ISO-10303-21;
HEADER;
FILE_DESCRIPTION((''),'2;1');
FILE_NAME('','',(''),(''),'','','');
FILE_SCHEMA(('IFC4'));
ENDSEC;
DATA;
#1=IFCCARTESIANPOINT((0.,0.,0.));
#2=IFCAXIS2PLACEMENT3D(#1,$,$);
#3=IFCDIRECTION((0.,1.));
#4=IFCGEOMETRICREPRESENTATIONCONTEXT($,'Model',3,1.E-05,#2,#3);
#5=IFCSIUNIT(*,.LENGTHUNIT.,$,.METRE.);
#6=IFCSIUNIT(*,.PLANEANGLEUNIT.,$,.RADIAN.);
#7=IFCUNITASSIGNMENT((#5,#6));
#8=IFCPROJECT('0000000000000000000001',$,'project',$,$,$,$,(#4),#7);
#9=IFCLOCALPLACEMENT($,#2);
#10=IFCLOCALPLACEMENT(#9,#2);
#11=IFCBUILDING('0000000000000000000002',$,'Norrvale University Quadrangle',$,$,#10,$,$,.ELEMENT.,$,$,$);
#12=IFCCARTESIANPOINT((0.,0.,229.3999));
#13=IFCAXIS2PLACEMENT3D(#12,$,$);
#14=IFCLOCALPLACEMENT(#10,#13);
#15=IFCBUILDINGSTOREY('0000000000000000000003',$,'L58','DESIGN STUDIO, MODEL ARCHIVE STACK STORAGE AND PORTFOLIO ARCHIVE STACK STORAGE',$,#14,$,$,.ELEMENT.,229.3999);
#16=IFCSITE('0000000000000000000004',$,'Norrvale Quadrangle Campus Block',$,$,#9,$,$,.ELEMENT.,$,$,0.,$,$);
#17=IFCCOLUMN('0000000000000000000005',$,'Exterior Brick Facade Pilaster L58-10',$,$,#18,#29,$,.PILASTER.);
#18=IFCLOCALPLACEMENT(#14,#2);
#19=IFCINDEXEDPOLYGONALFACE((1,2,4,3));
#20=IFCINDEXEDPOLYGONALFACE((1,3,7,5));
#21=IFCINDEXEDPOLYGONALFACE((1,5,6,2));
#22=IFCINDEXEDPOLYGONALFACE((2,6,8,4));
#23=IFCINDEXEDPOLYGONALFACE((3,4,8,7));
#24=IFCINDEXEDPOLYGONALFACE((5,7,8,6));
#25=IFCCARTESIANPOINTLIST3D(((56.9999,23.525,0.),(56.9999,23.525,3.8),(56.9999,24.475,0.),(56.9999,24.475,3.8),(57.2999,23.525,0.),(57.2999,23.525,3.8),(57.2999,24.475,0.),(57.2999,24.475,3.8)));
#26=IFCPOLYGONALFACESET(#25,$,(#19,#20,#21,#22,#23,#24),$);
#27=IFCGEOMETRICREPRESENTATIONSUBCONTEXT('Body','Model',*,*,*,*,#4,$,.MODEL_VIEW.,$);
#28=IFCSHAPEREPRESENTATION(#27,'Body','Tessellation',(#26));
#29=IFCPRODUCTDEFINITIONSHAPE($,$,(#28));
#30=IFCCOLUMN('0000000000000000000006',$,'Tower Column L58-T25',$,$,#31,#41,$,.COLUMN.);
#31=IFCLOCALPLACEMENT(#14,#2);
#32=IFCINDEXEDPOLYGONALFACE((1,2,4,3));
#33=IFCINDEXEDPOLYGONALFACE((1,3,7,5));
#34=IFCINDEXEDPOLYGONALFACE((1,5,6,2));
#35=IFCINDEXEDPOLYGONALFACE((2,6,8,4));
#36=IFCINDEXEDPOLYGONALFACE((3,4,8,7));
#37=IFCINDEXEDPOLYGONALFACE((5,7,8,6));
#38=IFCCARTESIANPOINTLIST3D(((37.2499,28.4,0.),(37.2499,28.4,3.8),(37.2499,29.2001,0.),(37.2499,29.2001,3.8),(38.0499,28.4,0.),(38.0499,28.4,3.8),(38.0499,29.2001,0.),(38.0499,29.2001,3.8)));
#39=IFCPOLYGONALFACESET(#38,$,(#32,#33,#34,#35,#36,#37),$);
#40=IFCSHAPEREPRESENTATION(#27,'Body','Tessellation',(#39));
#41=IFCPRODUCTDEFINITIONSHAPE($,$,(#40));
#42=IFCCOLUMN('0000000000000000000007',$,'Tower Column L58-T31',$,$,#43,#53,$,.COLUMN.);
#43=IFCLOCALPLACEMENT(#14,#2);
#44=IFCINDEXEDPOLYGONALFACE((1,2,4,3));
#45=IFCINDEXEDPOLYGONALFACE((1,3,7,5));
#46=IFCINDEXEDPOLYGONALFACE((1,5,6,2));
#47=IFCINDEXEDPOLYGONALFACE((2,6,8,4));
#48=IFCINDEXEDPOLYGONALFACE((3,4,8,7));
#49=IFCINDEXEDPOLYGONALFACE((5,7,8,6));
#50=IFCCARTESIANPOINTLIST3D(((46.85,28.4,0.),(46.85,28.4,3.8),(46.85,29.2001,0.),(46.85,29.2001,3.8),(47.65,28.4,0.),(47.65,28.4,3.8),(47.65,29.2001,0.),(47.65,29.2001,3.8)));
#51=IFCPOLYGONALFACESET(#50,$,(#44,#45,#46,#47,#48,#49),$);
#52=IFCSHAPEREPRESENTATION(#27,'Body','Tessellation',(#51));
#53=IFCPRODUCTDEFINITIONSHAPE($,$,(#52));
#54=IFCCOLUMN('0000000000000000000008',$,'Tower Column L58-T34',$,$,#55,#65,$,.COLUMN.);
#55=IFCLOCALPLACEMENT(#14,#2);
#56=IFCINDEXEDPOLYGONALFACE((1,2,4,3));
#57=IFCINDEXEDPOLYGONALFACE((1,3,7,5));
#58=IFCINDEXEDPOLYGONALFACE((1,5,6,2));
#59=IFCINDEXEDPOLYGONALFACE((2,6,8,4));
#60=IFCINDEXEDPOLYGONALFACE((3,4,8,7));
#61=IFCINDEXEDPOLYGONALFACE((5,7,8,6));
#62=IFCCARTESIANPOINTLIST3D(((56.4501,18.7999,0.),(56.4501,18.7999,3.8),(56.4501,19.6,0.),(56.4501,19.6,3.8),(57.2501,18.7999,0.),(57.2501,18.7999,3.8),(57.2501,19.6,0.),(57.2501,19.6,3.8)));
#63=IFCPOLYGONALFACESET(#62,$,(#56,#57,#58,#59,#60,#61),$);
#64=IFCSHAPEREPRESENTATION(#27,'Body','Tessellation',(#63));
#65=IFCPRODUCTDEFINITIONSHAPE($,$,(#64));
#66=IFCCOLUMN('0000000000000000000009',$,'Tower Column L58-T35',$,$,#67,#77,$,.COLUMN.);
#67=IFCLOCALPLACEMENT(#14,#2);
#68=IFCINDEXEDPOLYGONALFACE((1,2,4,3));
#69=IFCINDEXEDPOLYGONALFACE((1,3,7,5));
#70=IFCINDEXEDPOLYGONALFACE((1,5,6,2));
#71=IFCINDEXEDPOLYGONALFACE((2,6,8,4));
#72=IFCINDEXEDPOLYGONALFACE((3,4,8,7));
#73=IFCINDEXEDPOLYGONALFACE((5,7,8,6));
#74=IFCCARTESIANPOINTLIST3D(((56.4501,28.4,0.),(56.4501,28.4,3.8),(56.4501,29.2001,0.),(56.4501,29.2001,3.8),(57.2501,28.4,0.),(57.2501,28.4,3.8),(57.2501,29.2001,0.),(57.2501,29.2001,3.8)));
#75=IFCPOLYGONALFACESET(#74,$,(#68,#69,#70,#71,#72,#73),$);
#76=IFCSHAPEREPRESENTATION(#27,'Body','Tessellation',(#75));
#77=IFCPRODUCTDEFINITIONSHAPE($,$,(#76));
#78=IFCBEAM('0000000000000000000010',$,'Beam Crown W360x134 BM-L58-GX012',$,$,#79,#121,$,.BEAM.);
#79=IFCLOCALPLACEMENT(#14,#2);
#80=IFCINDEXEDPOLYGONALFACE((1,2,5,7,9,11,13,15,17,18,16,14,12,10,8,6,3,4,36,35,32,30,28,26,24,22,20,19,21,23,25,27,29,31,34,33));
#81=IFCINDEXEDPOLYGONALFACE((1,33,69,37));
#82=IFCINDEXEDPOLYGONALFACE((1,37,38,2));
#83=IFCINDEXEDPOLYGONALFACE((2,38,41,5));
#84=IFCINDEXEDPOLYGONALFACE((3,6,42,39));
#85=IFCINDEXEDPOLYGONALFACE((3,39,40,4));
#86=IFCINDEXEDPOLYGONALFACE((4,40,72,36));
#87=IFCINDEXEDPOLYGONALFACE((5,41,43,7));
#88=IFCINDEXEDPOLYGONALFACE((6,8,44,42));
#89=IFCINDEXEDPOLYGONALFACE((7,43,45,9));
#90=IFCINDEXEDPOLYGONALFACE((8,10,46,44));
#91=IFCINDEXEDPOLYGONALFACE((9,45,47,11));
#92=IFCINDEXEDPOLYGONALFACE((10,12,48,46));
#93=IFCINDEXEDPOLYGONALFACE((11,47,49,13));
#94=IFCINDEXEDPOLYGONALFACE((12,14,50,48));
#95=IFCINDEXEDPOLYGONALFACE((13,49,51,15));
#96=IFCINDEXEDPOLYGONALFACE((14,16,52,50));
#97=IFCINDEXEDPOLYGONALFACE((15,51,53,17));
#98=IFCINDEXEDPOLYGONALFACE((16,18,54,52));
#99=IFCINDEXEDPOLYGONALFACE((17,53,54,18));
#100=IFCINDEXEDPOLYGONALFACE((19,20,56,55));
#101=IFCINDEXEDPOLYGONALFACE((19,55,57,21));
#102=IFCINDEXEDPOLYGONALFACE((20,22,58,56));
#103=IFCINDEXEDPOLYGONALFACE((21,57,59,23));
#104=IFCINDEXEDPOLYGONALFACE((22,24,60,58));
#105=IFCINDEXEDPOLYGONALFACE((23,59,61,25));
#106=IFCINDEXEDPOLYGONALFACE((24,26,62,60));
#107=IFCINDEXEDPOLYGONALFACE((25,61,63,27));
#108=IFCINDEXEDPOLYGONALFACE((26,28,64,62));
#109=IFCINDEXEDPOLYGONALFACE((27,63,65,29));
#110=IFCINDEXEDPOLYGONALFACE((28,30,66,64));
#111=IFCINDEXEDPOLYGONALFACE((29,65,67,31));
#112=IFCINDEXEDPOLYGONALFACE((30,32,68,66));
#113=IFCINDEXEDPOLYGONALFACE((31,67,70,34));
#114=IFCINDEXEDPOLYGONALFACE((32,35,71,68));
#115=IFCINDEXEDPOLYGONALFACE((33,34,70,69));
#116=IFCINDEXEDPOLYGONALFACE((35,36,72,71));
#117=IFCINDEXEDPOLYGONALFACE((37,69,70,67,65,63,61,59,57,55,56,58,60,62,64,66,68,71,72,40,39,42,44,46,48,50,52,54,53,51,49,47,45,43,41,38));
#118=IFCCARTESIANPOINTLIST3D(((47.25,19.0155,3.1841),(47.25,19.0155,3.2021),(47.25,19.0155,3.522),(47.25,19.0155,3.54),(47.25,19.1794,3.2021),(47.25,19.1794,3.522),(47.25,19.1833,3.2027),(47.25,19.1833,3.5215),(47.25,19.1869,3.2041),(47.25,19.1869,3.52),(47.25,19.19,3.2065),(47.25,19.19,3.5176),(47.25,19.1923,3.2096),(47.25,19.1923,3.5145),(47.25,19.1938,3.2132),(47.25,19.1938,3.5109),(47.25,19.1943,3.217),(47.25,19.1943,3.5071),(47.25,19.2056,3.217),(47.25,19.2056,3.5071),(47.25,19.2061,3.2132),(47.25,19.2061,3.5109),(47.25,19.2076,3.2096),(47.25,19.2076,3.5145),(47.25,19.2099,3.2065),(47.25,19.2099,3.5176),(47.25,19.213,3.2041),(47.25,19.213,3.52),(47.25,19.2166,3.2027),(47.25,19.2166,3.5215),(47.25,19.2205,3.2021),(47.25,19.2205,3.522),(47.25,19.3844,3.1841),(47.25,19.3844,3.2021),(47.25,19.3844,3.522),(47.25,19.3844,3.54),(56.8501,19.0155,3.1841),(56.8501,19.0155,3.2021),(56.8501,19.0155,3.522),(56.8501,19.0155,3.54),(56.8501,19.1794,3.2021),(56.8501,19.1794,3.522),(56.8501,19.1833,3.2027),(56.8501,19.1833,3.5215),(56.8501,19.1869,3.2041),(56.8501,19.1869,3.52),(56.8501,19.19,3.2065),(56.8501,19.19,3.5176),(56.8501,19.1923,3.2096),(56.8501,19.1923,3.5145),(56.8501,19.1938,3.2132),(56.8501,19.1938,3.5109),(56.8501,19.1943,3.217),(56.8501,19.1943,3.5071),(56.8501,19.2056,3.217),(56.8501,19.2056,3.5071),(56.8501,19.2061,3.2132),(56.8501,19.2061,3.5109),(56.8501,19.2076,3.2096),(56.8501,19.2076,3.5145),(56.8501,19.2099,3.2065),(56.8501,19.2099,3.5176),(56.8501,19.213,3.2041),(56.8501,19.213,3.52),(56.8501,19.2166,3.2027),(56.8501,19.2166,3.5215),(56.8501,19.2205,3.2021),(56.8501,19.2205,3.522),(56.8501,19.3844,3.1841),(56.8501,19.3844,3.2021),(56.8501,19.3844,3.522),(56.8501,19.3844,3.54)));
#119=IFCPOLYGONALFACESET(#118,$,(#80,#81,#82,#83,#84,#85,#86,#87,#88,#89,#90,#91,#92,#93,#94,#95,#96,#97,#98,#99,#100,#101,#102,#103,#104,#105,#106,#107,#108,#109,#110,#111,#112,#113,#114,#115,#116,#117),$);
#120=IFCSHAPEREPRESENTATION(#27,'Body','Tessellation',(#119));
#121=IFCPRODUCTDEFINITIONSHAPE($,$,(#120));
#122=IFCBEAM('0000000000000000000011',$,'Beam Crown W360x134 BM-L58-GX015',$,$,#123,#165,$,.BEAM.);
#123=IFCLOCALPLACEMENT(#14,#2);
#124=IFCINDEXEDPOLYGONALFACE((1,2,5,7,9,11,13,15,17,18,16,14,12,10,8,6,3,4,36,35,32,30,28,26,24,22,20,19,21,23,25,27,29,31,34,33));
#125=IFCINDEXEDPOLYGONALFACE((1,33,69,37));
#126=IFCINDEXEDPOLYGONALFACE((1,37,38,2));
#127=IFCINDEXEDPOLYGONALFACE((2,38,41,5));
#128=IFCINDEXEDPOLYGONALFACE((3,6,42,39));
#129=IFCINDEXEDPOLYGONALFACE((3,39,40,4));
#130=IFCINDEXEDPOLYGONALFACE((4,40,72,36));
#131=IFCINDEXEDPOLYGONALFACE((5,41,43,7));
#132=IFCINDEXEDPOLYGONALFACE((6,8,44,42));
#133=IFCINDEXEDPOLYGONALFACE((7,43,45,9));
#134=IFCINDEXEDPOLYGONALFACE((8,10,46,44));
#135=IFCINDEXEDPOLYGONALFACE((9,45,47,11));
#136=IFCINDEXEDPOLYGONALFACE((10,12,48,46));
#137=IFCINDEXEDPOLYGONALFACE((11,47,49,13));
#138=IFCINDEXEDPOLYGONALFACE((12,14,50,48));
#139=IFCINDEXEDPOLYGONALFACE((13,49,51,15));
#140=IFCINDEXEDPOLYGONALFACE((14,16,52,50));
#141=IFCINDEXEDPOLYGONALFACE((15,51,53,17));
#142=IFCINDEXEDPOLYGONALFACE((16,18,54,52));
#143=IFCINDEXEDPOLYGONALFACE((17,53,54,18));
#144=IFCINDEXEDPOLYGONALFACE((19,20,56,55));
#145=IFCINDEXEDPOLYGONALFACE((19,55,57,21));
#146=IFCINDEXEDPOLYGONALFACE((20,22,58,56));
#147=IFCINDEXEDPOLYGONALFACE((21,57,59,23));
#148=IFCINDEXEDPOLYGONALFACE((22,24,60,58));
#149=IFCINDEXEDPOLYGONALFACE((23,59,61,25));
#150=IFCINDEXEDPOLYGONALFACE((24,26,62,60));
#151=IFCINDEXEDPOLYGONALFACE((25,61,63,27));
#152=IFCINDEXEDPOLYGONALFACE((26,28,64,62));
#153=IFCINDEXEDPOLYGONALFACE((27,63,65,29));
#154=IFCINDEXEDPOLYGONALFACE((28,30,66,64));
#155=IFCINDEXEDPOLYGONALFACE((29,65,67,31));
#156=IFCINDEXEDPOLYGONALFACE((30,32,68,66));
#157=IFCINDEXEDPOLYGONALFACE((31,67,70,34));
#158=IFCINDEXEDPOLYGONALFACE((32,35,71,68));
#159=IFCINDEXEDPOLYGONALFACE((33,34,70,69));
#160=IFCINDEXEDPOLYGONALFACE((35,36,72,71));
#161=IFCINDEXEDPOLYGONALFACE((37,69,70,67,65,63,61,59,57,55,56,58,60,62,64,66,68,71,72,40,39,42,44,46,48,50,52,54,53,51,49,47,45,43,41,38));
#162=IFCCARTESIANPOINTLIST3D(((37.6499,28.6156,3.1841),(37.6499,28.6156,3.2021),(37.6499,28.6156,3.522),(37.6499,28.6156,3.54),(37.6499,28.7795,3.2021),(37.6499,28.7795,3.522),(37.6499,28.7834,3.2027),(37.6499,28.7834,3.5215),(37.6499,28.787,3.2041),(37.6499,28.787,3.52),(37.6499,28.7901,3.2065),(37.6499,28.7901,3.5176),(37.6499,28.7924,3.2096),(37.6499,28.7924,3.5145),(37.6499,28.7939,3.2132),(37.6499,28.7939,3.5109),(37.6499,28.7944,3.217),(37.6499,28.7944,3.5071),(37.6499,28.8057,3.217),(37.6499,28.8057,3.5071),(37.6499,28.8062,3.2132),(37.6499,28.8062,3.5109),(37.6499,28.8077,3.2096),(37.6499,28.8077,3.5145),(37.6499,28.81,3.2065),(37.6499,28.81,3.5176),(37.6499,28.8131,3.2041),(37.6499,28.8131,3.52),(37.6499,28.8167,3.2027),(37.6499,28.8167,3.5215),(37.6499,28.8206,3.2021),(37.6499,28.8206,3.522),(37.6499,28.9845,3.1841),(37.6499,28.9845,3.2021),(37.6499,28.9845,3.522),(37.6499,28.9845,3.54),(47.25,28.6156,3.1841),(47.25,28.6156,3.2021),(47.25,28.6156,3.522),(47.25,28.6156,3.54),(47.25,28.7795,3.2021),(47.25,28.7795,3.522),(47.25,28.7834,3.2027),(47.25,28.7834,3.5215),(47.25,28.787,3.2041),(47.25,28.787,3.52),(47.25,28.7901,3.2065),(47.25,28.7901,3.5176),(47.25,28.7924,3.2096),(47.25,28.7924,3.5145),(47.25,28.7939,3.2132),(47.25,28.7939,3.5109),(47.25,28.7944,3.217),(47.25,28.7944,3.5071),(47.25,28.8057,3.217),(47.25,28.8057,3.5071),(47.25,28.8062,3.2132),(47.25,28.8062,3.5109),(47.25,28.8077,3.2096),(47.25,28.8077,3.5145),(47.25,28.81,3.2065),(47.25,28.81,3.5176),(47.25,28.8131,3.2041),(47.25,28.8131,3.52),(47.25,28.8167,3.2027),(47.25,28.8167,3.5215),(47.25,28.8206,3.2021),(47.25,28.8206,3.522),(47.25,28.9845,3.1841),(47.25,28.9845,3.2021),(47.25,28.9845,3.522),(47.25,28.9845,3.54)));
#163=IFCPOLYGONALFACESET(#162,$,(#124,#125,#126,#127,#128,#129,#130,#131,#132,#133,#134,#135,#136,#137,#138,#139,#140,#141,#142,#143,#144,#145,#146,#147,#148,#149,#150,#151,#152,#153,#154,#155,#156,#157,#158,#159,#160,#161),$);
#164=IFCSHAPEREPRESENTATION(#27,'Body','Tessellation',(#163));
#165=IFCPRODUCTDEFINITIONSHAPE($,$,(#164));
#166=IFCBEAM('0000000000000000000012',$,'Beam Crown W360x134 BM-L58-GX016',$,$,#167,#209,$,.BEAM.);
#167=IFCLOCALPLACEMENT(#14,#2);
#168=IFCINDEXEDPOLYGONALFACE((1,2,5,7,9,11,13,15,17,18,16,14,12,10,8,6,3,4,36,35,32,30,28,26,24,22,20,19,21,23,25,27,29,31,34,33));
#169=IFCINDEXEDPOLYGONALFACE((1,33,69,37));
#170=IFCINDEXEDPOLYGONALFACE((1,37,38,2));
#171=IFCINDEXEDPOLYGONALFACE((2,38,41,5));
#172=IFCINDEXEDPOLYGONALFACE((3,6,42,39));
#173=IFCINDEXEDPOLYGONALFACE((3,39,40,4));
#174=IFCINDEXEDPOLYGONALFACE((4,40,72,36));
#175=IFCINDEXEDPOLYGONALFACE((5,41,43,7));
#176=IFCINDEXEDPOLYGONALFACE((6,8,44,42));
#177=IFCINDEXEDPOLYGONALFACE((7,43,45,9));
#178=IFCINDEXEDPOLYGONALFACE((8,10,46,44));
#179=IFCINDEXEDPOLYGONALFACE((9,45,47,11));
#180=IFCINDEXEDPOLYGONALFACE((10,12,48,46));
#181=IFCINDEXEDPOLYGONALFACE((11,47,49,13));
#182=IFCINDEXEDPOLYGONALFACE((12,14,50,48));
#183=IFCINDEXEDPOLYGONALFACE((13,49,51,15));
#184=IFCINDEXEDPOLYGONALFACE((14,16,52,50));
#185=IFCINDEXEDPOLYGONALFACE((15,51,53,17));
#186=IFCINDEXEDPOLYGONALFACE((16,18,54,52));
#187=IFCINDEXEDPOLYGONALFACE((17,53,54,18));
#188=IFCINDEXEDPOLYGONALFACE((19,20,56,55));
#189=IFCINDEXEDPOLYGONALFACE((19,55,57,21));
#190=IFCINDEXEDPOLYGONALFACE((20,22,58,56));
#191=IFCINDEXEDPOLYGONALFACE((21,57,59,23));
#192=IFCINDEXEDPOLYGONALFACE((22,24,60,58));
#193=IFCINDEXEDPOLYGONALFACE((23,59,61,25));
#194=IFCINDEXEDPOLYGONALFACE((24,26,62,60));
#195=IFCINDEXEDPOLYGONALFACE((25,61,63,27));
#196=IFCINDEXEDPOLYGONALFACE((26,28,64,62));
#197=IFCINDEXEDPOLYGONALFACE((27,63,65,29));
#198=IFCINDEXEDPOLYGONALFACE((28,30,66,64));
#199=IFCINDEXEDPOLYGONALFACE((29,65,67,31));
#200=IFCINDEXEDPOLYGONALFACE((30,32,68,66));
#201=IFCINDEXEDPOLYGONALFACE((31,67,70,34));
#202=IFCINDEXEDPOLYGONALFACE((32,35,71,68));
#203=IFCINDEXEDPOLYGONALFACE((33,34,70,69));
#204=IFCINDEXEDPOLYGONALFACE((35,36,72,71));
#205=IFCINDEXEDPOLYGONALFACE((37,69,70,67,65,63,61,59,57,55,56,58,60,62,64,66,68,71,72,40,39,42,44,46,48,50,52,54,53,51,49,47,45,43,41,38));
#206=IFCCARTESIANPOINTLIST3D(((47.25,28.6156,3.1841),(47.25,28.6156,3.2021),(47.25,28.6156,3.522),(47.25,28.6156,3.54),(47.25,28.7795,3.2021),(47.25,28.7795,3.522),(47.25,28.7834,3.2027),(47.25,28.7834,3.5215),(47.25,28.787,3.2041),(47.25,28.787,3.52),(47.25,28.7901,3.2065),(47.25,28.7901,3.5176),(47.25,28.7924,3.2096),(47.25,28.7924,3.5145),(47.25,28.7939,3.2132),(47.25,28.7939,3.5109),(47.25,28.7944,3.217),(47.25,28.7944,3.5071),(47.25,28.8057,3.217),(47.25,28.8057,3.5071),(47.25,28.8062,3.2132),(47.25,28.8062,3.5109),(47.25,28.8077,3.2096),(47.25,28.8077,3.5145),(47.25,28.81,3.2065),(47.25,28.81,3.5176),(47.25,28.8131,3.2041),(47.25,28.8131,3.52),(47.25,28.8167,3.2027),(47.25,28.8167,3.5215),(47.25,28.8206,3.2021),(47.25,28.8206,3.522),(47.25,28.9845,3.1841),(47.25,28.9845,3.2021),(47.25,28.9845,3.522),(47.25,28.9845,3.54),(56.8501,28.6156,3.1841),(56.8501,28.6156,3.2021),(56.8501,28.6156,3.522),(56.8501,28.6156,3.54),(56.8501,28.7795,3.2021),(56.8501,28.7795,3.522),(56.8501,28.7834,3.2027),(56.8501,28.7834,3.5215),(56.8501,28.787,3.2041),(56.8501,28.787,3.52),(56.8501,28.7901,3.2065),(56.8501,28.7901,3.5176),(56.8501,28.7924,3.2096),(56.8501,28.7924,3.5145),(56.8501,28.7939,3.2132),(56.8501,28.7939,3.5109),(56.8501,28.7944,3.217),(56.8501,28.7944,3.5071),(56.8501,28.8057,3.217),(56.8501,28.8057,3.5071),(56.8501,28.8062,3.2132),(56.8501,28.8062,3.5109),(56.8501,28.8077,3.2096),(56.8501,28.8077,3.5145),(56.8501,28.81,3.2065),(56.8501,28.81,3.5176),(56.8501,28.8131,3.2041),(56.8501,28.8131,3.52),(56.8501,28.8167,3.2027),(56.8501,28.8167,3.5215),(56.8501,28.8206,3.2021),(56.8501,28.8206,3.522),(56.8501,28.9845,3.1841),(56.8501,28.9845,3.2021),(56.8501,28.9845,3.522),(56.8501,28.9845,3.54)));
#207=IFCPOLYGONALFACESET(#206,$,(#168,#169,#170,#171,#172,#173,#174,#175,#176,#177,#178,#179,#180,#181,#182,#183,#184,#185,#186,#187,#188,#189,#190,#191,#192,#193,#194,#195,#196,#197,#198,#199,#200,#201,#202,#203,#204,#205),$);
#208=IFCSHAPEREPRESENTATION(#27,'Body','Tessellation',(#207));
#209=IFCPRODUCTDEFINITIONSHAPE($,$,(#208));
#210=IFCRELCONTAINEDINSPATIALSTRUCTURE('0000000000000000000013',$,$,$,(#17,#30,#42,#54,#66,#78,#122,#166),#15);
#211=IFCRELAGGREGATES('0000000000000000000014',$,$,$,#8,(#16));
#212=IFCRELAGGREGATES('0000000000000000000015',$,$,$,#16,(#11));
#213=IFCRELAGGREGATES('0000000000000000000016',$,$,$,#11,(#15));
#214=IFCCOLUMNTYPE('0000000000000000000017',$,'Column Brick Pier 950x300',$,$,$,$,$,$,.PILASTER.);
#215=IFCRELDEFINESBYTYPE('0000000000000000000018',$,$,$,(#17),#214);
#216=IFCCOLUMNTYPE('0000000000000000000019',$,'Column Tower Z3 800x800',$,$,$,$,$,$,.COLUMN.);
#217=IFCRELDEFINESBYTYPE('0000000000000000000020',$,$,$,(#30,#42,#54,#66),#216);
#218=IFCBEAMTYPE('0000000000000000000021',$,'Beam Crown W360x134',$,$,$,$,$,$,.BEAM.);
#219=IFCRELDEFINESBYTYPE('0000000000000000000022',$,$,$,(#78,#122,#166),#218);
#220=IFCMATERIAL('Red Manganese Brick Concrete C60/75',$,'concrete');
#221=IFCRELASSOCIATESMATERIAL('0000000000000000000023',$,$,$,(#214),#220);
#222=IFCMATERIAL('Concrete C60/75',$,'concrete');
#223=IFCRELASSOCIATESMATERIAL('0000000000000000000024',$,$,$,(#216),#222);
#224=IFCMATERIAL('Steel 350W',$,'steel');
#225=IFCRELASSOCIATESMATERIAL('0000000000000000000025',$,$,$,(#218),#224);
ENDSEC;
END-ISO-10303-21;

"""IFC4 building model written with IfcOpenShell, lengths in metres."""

from ifc_helpers import new_model, si_unit, direction, frame, origin, origin_2d, place, context, subcontext, project, spatial, rectangle, i_section, extrude, material, material_profile, profile_set, type_object, element, save


model = new_model("IFC4")

# Units and contexts
model_context = context("Model", 3, precision=1e-05, world=origin(), true_north=direction((0.0, 1.0)))
body_context = subcontext(model_context, "Body", "Model", "MODEL_VIEW")
ifc_project = project(units=[si_unit("LENGTHUNIT", "METRE"), si_unit("PLANEANGLEUNIT", "RADIAN")], contexts=[model_context])

# Site, building, storey
site_placement = place(None, origin())
site = spatial("IfcSite", under=ifc_project, at=site_placement, Name="Norrvale Quadrangle Campus Block", CompositionType="ELEMENT", RefElevation=0.0)
building_placement = place(site_placement, origin())
building = spatial("IfcBuilding", under=site, at=building_placement, Name="Norrvale University Quadrangle", CompositionType="ELEMENT")
storey_placement = place(building_placement, frame((0.0, 0.0, 229.3999)))
storey = spatial("IfcBuildingStorey", under=building, at=storey_placement, Name="L58", Description="DESIGN STUDIO, MODEL ARCHIVE STACK STORAGE AND PORTFOLIO ARCHIVE STACK STORAGE", CompositionType="ELEMENT", Elevation=229.3999)

# Columns
ifc_material_1 = material(Name="Red Manganese Brick Concrete C60/75", Category="concrete")
ifc_material_profile_1 = material_profile(ifc_material_1, rectangle(XDim=0.95, YDim=0.3, at=origin_2d()), Name="Red Manganese Brick Concrete C60/75")
ifc_profile_set_1 = profile_set([ifc_material_profile_1], Name="Red Manganese Brick Concrete C60/75")
column_type_1 = type_object("IfcColumnType", Name="Column Brick Pier 950x300", PredefinedType="PILASTER", material=ifc_profile_set_1)
column_placement = place(storey_placement, frame((57.1499, 24.0, 0.0), z_axis=(0.0, 0.0, 1.0), x_axis=(0.0, 1.0, 0.0)))
element("IfcColumn", 1, at=column_placement, inside=storey, type_object=column_type_1, Name="Exterior Brick Facade Pilaster L58-10", PredefinedType="PILASTER", context=body_context, shape_type="SweptSolid", body=[
    extrude(rectangle(XDim=0.95, YDim=0.3, at=origin_2d()), origin(), (0.0, 0.0, 1.0), 3.8),
])
ifc_material_2 = material(Name="Concrete C60/75", Category="concrete")
ifc_material_profile_2 = material_profile(ifc_material_2, rectangle(XDim=0.8, YDim=0.8, at=origin_2d()), Name="Concrete C60/75")
ifc_profile_set_2 = profile_set([ifc_material_profile_2], Name="Concrete C60/75")
column_type_2 = type_object("IfcColumnType", Name="Column Tower Z3 800x800", PredefinedType="COLUMN", material=ifc_profile_set_2)
for number, where, z_axis, x_axis, name in (
    (2, (37.6499, 28.8, 0.0), (0.0, 0.0, 1.0), (1.0, 0.0, 0.0), "Tower Column L58-T25"),
    (3, (47.25, 28.8, 0.0), (0.0, 0.0, 1.0), (1.0, 0.0, 0.0), "Tower Column L58-T31"),
    (4, (56.8501, 19.2, 0.0), (0.0, 0.0, 1.0), (1.0, 0.0, 0.0), "Tower Column L58-T34"),
    (5, (56.8501, 28.8, 0.0), (0.0, 0.0, 1.0), (1.0, 0.0, 0.0), "Tower Column L58-T35"),
):
    element("IfcColumn", number, at=place(storey_placement, frame(where, z_axis=z_axis, x_axis=x_axis)), inside=storey, type_object=column_type_2, Name=name, PredefinedType="COLUMN", context=body_context, shape_type="SweptSolid", body=[
        extrude(rectangle(XDim=0.8, YDim=0.8, at=origin_2d()), origin(), (0.0, 0.0, 1.0), 3.8),
    ])

# Beams
ifc_material_3 = material(Name="Steel 350W", Category="steel")
ifc_material_profile_3 = material_profile(ifc_material_3, i_section(OverallWidth=0.3689, OverallDepth=0.356, WebThickness=0.0112, FlangeThickness=0.0181, FilletRadius=0.0149, at=origin_2d()), Name="Steel 350W")
ifc_profile_set_3 = profile_set([ifc_material_profile_3], Name="Steel 350W")
beam_type_1 = type_object("IfcBeamType", Name="Beam Crown W360x134", PredefinedType="BEAM", material=ifc_profile_set_3)
for number, where, z_axis, x_axis, name in (
    (6, (47.25, 19.2, 3.3621), (1.0, 0.0, 0.0), (0.0, 1.0, 0.0), "Beam Crown W360x134 BM-L58-GX012"),
    (7, (37.6499, 28.8, 3.3621), (1.0, 0.0, 0.0), (0.0, 1.0, 0.0), "Beam Crown W360x134 BM-L58-GX015"),
    (8, (47.25, 28.8, 3.3621), (1.0, 0.0, 0.0), (0.0, 1.0, 0.0), "Beam Crown W360x134 BM-L58-GX016"),
):
    element("IfcBeam", number, at=place(storey_placement, frame(where, z_axis=z_axis, x_axis=x_axis)), inside=storey, type_object=beam_type_1, Name=name, PredefinedType="BEAM", context=body_context, shape_type="SweptSolid", body=[
        extrude(i_section(OverallWidth=0.3689, OverallDepth=0.356, WebThickness=0.0112, FlangeThickness=0.0181, FilletRadius=0.0149, at=origin_2d()), origin(), (0.0, 0.0, 1.0), 9.6001),
    ])

save(model, "model.ifc")
